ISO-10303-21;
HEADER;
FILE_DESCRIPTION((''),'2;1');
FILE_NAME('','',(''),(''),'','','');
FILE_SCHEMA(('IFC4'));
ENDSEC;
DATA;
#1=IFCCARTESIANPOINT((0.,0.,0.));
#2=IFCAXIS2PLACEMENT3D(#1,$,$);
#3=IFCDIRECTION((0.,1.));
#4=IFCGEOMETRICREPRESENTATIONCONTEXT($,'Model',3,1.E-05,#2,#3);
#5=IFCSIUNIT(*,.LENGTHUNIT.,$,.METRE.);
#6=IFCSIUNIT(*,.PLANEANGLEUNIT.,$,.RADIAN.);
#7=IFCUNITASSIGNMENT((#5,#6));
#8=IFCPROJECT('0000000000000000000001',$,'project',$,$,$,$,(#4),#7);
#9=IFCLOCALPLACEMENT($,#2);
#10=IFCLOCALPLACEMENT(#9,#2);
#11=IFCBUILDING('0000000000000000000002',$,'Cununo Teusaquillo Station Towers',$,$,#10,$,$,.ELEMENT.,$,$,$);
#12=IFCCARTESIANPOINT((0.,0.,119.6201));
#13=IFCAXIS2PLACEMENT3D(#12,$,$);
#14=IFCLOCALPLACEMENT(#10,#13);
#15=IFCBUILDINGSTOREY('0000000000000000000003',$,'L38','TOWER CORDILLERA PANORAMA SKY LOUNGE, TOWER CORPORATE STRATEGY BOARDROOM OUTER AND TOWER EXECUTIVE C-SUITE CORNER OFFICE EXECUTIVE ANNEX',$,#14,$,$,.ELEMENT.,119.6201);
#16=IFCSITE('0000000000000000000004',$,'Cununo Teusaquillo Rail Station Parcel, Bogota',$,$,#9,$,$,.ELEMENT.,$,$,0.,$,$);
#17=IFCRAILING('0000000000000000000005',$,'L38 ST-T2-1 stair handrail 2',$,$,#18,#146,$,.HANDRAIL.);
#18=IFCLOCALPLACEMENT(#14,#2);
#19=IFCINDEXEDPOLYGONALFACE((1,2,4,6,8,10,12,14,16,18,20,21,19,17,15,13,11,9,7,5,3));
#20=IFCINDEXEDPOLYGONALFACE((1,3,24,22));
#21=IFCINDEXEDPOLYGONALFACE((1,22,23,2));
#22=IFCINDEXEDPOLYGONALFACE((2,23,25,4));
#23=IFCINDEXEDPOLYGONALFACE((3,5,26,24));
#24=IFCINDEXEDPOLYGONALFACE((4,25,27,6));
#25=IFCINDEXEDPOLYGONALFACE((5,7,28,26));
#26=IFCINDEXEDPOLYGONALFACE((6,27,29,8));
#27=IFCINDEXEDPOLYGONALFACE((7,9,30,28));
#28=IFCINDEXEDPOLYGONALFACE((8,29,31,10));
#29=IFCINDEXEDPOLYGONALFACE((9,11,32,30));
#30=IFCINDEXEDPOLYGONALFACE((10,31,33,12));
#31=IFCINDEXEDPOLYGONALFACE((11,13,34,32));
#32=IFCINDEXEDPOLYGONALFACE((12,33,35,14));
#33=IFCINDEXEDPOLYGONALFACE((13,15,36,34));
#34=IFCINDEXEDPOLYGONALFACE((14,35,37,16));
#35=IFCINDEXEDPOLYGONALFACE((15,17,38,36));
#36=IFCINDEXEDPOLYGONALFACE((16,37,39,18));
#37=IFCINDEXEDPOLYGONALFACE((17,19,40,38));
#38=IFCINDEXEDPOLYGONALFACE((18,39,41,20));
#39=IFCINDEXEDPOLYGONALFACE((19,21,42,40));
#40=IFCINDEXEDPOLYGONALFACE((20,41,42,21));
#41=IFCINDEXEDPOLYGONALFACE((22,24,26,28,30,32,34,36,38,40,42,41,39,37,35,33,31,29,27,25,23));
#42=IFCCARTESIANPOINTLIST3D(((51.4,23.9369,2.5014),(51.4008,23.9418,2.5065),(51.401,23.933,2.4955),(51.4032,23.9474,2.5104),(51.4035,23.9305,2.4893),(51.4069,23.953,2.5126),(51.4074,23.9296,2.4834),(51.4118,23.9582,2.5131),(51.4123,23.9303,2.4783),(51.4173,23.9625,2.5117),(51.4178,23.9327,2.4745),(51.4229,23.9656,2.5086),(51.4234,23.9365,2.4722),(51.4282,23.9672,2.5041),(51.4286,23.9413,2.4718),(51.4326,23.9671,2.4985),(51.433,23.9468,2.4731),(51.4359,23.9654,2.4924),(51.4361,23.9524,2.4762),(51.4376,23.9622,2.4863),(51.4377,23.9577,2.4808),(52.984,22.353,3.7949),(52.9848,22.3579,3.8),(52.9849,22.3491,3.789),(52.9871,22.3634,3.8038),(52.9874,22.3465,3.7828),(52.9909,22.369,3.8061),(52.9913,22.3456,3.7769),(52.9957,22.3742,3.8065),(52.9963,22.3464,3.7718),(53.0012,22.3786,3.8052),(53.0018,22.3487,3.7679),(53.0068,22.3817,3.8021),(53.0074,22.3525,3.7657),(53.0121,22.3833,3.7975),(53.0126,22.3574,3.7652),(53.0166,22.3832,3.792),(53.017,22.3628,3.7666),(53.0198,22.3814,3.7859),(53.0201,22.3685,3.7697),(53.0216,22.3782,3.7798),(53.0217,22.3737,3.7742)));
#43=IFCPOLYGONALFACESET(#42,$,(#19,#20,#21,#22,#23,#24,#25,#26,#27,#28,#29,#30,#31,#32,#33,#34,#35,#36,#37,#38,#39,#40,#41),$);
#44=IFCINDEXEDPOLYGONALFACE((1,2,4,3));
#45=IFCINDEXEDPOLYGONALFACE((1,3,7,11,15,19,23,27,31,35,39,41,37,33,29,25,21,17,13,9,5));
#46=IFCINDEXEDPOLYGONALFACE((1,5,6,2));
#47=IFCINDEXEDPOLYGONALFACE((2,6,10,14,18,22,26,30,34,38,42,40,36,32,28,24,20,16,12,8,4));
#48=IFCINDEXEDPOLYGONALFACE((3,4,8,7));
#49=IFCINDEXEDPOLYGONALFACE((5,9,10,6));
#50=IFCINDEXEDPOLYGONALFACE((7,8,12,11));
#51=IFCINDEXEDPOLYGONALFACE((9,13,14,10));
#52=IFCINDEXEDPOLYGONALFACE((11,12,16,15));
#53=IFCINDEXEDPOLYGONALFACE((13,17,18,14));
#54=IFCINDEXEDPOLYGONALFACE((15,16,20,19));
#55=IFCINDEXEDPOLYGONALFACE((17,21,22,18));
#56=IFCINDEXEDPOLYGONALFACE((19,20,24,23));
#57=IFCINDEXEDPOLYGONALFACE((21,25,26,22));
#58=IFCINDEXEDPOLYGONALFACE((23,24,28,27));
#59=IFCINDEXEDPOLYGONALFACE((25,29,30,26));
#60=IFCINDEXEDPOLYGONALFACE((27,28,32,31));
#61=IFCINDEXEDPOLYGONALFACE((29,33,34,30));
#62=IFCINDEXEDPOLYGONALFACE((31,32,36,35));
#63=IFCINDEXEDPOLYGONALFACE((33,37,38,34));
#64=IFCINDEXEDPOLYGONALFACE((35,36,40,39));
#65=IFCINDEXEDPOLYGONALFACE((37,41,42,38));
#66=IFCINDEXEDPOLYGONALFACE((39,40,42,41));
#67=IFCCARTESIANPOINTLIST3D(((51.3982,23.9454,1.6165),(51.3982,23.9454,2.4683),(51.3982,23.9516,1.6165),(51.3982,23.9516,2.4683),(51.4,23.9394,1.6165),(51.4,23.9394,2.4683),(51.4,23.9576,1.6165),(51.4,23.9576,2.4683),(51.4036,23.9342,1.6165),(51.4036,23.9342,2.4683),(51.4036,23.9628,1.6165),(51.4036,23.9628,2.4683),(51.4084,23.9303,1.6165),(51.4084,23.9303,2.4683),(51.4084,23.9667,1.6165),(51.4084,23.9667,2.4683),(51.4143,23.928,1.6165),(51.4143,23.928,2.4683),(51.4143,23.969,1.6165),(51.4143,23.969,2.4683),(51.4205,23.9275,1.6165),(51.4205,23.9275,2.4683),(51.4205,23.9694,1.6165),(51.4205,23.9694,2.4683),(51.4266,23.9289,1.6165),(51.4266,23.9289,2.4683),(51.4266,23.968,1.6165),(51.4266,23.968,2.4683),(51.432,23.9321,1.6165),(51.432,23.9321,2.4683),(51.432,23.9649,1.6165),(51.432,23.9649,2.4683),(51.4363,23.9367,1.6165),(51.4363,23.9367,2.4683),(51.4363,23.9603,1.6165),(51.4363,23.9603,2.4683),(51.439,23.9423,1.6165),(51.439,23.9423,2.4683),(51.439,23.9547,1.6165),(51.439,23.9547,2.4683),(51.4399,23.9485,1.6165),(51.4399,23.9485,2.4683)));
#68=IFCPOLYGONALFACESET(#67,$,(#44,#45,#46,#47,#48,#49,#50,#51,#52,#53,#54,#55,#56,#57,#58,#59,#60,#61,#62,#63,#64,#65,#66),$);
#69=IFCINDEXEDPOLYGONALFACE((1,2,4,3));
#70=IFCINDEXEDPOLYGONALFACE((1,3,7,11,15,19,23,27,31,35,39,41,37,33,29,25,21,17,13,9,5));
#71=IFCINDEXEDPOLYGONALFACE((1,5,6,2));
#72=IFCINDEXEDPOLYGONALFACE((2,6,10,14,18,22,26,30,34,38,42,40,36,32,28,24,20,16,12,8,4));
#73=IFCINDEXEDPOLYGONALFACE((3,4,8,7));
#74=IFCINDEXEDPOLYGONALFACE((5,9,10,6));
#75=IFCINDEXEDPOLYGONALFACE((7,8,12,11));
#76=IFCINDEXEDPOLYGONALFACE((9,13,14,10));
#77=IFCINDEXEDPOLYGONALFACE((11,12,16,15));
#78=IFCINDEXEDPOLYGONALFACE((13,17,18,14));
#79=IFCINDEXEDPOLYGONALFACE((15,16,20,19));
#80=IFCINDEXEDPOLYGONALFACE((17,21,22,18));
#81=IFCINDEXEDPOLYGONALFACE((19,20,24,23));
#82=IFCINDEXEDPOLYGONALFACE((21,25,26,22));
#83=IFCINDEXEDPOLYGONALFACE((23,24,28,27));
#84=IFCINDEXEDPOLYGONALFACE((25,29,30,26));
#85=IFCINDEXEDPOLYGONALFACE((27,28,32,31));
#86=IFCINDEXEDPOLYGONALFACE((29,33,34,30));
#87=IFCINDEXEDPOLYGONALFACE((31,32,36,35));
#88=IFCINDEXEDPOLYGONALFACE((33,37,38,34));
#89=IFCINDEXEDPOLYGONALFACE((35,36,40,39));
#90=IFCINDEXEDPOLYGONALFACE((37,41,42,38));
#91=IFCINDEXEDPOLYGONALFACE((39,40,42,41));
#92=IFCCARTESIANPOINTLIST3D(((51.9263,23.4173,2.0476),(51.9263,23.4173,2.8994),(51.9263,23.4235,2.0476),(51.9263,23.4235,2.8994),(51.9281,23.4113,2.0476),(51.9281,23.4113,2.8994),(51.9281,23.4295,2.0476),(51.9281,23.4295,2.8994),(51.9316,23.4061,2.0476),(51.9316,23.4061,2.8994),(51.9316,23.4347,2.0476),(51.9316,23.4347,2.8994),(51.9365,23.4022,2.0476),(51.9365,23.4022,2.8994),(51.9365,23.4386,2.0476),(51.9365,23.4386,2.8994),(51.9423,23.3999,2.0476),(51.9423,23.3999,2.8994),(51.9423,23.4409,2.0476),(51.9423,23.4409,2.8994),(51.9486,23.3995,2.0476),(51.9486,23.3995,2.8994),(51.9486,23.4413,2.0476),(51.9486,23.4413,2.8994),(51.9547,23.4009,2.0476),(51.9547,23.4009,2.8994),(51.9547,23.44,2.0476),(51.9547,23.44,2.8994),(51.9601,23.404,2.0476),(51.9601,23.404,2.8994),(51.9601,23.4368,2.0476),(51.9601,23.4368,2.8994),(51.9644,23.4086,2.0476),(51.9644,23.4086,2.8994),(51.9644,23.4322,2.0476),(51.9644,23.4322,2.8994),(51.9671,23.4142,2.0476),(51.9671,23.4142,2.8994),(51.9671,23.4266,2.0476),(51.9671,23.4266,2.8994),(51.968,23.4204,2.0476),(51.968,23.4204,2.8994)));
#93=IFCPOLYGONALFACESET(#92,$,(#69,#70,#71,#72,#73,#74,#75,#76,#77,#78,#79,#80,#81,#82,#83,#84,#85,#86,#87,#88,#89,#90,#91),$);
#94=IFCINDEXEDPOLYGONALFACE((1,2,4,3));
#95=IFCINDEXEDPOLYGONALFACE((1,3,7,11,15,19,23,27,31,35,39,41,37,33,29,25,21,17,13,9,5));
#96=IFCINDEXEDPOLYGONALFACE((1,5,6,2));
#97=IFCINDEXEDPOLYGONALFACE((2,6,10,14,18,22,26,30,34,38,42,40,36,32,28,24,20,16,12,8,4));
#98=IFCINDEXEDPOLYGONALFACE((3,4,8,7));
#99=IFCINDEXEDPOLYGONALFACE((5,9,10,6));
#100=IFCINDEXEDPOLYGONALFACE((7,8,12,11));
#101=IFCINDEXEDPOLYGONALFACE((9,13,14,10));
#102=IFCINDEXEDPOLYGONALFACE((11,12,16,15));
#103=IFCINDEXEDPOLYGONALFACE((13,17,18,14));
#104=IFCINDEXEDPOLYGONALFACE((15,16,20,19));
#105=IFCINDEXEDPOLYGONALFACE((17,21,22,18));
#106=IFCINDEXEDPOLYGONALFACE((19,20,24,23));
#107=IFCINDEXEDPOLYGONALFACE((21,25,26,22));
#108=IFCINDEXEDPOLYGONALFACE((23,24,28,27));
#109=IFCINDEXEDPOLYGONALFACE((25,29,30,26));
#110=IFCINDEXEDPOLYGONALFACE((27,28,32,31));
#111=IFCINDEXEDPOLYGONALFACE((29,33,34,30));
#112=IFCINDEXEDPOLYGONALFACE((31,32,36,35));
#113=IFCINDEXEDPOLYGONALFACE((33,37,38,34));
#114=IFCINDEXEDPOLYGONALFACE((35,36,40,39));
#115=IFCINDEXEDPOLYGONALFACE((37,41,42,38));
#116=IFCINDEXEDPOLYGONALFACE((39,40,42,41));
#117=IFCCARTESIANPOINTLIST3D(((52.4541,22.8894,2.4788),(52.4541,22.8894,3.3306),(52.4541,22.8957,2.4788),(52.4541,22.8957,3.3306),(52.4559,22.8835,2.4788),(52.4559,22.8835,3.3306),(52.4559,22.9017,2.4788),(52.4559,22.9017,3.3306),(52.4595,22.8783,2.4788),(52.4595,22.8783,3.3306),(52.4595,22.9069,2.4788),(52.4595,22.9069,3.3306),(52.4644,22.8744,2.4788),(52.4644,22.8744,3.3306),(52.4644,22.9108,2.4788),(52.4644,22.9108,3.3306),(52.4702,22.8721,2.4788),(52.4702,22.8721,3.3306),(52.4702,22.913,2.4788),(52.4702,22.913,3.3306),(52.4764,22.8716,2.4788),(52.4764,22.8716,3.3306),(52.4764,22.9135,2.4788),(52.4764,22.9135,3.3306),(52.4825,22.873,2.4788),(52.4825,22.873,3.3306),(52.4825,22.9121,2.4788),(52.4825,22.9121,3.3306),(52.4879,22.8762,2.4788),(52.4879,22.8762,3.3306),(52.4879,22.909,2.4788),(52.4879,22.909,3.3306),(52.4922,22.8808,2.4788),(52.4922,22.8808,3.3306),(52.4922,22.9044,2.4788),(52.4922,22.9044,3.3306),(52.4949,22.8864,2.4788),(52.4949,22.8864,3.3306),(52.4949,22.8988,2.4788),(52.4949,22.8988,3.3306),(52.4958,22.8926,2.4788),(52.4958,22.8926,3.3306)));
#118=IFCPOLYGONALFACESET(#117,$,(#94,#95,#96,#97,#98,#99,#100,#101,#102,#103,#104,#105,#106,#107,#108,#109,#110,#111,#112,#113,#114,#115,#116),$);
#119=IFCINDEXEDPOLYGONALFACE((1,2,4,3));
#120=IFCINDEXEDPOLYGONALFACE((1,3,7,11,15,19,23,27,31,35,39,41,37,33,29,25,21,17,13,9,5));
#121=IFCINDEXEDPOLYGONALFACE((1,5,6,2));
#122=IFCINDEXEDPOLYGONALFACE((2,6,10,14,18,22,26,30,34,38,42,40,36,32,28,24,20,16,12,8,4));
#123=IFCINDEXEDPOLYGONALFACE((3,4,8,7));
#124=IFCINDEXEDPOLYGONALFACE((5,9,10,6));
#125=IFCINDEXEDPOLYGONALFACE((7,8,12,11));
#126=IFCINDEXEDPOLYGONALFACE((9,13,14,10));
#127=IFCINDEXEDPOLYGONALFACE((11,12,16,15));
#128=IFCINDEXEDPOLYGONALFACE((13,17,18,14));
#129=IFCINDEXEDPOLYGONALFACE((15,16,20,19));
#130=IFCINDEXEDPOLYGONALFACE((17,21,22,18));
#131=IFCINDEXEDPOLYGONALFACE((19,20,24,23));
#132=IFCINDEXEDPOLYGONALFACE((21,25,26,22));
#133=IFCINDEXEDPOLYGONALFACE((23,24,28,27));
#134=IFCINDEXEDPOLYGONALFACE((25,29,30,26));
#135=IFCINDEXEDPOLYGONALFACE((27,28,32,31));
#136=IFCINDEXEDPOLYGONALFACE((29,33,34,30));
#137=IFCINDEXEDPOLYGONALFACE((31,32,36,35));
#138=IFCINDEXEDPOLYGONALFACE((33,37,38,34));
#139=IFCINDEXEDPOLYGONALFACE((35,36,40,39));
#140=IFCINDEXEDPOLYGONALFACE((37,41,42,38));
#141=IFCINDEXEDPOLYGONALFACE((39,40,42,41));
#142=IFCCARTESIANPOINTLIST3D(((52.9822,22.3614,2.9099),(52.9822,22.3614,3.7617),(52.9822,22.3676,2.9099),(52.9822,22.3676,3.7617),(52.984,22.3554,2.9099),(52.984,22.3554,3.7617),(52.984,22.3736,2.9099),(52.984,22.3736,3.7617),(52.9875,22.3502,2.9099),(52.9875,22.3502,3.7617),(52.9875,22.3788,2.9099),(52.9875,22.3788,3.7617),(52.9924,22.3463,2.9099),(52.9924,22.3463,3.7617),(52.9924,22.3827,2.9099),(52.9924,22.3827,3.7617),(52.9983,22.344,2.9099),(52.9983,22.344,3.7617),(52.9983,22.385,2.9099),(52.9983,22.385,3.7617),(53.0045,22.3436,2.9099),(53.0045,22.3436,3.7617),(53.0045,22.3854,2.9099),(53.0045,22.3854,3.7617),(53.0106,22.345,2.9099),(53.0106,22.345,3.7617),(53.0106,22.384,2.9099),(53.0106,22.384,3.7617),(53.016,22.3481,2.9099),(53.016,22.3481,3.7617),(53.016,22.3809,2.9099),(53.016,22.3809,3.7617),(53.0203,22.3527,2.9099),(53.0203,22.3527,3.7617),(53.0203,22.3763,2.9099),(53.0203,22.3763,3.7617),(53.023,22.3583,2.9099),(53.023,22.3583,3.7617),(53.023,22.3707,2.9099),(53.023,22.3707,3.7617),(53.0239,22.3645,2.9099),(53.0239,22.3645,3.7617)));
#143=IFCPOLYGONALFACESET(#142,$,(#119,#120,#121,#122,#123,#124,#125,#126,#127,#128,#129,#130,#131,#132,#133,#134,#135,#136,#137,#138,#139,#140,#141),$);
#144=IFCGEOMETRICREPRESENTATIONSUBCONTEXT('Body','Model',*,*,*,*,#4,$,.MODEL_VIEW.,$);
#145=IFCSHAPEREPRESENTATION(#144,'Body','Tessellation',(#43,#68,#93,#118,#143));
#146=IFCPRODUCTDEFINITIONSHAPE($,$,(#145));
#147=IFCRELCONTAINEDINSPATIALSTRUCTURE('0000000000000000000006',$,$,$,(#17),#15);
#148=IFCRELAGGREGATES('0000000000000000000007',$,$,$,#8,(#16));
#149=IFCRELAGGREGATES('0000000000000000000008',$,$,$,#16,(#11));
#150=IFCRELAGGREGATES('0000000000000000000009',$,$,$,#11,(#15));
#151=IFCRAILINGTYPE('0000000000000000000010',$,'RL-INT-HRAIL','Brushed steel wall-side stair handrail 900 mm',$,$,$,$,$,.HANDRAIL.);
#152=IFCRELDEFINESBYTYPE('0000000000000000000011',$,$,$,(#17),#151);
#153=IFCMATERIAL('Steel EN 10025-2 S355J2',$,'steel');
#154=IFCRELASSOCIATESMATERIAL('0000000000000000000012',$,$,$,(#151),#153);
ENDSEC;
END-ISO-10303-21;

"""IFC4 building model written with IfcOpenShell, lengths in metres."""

from ifc_helpers import new_model, si_unit, direction, frame, origin, origin_2d, place, context, subcontext, project, spatial, circle, extrude, material, type_object, element, save


model = new_model("IFC4")

# Units and contexts
model_context = context("Model", 3, precision=1e-05, world=origin(), true_north=direction((0.0, 1.0)))
body_context = subcontext(model_context, "Body", "Model", "MODEL_VIEW")
ifc_project = project(units=[si_unit("LENGTHUNIT", "METRE"), si_unit("PLANEANGLEUNIT", "RADIAN")], contexts=[model_context])

# Site, building, storey
site_placement = place(None, origin())
site = spatial("IfcSite", under=ifc_project, at=site_placement, Name="Cununo Teusaquillo Rail Station Parcel, Bogota", CompositionType="ELEMENT", RefElevation=0.0)
building_placement = place(site_placement, origin())
building = spatial("IfcBuilding", under=site, at=building_placement, Name="Cununo Teusaquillo Station Towers", CompositionType="ELEMENT")
storey_placement = place(building_placement, frame((0.0, 0.0, 119.6201)))
storey = spatial("IfcBuildingStorey", under=building, at=storey_placement, Name="L38", Description="TOWER CORDILLERA PANORAMA SKY LOUNGE, TOWER CORPORATE STRATEGY BOARDROOM OUTER AND TOWER EXECUTIVE C-SUITE CORNER OFFICE EXECUTIVE ANNEX", CompositionType="ELEMENT", Elevation=119.6201)

# Railing
ifc_material_1 = material(Name="Steel EN 10025-2 S355J2", Category="steel")
railing_type_1 = type_object("IfcRailingType", Name="RL-INT-HRAIL", Description="Brushed steel wall-side stair handrail 900 mm", PredefinedType="HANDRAIL", material=ifc_material_1)
railing_1_placement = place(storey_placement, frame((51.4189, 23.9485, 1.6165)))
element("IfcRailing", 1, at=railing_1_placement, inside=storey, type_object=railing_type_1, Name="L38 ST-T2-1 stair handrail 2", PredefinedType="HANDRAIL", context=body_context, shape_type="SweptSolid", body=[
    extrude(circle(Radius=0.0239, at=origin_2d()), frame((0.0, 0.0, 0.876), z_axis=(0.612356, -0.612356, 0.50004), x_axis=(0.707107, 0.707107, 0.0)), (0.0, 0.0, 1.0), 2.5867),
    extrude(circle(Radius=0.021, at=origin_2d()), origin(), (0.0, 0.0, 1.0), 0.8518),
    extrude(circle(Radius=0.021, at=origin_2d()), frame((0.5281, -0.5281, 0.4312)), (0.0, 0.0, 1.0), 0.8518),
    extrude(circle(Radius=0.021, at=origin_2d()), frame((1.0559, -1.0559, 0.8623)), (0.0, 0.0, 1.0), 0.8518),
    extrude(circle(Radius=0.021, at=origin_2d()), frame((1.584, -1.584, 1.2935)), (0.0, 0.0, 1.0), 0.8518),
])

save(model, "model.ifc")
